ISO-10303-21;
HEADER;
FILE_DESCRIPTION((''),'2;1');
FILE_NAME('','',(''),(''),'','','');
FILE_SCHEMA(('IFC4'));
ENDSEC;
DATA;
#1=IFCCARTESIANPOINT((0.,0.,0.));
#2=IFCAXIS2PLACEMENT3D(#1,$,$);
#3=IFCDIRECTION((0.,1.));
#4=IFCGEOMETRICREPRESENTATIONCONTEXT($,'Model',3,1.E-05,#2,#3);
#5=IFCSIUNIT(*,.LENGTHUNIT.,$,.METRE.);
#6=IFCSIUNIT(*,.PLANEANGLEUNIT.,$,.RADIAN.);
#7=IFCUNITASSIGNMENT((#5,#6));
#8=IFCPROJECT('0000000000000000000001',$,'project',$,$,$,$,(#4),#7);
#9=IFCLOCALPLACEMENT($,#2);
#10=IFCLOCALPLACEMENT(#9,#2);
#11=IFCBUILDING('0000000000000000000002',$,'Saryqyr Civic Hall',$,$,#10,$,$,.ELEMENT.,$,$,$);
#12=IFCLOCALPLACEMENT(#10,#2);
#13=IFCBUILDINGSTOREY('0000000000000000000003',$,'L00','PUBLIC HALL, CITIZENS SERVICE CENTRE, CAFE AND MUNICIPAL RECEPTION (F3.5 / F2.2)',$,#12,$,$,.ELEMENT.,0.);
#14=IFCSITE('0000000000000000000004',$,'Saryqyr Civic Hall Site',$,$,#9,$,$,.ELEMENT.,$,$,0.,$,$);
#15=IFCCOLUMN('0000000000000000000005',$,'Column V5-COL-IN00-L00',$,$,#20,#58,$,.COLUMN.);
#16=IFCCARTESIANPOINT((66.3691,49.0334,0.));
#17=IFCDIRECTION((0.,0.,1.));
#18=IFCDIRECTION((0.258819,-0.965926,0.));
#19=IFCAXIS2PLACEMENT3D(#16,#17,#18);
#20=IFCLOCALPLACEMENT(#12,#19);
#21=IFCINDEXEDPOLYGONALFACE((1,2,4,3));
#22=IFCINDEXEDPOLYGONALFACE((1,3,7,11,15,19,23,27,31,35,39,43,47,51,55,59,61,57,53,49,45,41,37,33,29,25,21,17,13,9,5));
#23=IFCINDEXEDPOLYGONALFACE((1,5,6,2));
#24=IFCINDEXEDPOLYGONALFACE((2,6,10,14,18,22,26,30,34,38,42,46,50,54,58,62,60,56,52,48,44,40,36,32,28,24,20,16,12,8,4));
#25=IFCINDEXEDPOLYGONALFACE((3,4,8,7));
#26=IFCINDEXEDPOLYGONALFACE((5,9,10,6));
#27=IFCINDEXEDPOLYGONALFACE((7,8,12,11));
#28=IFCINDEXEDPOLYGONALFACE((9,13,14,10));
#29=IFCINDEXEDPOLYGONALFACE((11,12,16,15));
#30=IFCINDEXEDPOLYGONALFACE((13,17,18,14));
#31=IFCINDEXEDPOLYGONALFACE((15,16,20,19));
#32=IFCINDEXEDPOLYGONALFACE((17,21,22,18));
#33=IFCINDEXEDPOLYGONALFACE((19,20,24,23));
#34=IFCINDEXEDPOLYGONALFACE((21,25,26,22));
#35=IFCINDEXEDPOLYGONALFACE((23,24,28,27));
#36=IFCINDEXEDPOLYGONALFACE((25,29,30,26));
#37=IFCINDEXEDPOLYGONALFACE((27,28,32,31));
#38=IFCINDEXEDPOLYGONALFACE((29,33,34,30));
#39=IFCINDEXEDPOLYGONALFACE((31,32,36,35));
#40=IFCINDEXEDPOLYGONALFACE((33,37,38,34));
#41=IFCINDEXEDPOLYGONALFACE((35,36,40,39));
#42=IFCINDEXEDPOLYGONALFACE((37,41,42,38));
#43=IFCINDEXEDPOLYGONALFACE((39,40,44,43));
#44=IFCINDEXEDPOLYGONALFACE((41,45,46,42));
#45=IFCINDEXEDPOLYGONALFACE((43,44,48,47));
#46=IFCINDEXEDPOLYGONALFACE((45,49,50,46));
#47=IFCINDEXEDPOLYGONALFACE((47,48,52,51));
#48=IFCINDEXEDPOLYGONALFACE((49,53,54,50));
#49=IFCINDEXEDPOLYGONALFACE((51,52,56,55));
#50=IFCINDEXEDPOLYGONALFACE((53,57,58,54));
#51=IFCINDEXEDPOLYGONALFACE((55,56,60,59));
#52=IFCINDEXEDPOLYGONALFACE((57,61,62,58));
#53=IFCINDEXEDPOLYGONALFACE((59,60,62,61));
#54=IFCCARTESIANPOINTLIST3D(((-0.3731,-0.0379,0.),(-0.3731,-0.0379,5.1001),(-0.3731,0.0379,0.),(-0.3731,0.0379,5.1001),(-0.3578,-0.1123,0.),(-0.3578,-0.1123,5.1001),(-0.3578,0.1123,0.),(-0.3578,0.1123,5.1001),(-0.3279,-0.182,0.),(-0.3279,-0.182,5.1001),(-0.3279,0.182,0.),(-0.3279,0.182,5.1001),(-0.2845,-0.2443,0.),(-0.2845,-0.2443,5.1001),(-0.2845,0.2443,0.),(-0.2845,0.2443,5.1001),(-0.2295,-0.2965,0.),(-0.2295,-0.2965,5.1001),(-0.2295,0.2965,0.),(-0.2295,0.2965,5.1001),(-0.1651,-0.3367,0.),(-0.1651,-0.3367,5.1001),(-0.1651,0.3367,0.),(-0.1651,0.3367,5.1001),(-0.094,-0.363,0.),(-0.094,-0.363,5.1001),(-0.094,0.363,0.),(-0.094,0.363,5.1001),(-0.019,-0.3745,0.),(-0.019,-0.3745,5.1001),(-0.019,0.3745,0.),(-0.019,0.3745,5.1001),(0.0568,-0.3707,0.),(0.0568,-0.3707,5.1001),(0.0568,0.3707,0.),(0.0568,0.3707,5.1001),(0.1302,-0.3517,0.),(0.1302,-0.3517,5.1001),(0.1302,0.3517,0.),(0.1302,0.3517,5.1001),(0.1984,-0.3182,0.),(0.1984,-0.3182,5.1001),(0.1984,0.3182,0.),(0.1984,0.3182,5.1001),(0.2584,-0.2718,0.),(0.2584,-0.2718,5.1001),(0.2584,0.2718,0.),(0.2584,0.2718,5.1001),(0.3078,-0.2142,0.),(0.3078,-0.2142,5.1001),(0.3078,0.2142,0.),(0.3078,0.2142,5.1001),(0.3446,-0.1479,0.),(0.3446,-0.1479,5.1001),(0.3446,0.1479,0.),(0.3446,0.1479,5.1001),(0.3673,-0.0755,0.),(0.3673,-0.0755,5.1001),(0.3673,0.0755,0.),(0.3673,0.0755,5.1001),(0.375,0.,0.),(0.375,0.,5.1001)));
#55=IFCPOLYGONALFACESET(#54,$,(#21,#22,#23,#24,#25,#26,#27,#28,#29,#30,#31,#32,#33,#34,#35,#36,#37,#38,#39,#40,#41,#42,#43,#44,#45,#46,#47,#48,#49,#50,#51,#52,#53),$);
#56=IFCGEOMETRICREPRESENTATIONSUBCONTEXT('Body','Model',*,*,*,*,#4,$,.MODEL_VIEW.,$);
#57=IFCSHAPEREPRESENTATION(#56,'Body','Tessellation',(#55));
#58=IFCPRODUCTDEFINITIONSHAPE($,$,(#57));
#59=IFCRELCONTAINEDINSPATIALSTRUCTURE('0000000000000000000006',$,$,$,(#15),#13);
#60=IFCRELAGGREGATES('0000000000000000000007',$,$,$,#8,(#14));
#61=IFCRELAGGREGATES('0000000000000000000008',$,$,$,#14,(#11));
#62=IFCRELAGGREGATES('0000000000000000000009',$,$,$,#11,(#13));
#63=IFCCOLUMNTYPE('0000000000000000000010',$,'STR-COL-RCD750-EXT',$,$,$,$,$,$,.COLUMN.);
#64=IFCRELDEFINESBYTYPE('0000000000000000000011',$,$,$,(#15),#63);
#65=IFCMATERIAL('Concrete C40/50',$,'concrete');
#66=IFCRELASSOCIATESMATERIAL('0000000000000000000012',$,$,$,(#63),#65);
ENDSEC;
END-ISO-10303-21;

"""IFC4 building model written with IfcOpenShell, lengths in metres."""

from ifc_helpers import new_model, si_unit, direction, frame, origin, origin_2d, place, context, subcontext, project, spatial, circle, extrude, material, material_profile, profile_set, type_object, element, save


model = new_model("IFC4")

# Units and contexts
model_context = context("Model", 3, precision=1e-05, world=origin(), true_north=direction((0.0, 1.0)))
body_context = subcontext(model_context, "Body", "Model", "MODEL_VIEW")
ifc_project = project(units=[si_unit("LENGTHUNIT", "METRE"), si_unit("PLANEANGLEUNIT", "RADIAN")], contexts=[model_context])

# Site, building, storey
site_placement = place(None, origin())
site = spatial("IfcSite", under=ifc_project, at=site_placement, Name="Saryqyr Civic Hall Site", CompositionType="ELEMENT", RefElevation=0.0)
building_placement = place(site_placement, origin())
building = spatial("IfcBuilding", under=site, at=building_placement, Name="Saryqyr Civic Hall", CompositionType="ELEMENT")
storey_placement = place(building_placement, origin())
storey = spatial("IfcBuildingStorey", under=building, at=storey_placement, Name="L00", Description="PUBLIC HALL, CITIZENS SERVICE CENTRE, CAFE AND MUNICIPAL RECEPTION (F3.5 / F2.2)", CompositionType="ELEMENT", Elevation=0.0)

# Column
ifc_material_1 = material(Name="Concrete C40/50", Category="concrete")
ifc_material_profile_1 = material_profile(ifc_material_1, circle(Radius=0.375, at=origin_2d()), Name="RC D750")
ifc_profile_set_1 = profile_set([ifc_material_profile_1], Name="Concrete C40/50")
column_type = type_object("IfcColumnType", Name="STR-COL-RCD750-EXT", PredefinedType="COLUMN", material=ifc_profile_set_1)
column_placement = place(storey_placement, frame((66.3691, 49.0334, 0.0), z_axis=(0.0, 0.0, 1.0), x_axis=(0.258819, -0.965926, 0.0)))
element("IfcColumn", 1, at=column_placement, inside=storey, type_object=column_type, Name="Column V5-COL-IN00-L00", PredefinedType="COLUMN", context=body_context, shape_type="SweptSolid", body=[
    extrude(circle(Radius=0.375, at=origin_2d()), origin(), (0.0, 0.0, 1.0), 5.1001),
])

save(model, "model.ifc")
